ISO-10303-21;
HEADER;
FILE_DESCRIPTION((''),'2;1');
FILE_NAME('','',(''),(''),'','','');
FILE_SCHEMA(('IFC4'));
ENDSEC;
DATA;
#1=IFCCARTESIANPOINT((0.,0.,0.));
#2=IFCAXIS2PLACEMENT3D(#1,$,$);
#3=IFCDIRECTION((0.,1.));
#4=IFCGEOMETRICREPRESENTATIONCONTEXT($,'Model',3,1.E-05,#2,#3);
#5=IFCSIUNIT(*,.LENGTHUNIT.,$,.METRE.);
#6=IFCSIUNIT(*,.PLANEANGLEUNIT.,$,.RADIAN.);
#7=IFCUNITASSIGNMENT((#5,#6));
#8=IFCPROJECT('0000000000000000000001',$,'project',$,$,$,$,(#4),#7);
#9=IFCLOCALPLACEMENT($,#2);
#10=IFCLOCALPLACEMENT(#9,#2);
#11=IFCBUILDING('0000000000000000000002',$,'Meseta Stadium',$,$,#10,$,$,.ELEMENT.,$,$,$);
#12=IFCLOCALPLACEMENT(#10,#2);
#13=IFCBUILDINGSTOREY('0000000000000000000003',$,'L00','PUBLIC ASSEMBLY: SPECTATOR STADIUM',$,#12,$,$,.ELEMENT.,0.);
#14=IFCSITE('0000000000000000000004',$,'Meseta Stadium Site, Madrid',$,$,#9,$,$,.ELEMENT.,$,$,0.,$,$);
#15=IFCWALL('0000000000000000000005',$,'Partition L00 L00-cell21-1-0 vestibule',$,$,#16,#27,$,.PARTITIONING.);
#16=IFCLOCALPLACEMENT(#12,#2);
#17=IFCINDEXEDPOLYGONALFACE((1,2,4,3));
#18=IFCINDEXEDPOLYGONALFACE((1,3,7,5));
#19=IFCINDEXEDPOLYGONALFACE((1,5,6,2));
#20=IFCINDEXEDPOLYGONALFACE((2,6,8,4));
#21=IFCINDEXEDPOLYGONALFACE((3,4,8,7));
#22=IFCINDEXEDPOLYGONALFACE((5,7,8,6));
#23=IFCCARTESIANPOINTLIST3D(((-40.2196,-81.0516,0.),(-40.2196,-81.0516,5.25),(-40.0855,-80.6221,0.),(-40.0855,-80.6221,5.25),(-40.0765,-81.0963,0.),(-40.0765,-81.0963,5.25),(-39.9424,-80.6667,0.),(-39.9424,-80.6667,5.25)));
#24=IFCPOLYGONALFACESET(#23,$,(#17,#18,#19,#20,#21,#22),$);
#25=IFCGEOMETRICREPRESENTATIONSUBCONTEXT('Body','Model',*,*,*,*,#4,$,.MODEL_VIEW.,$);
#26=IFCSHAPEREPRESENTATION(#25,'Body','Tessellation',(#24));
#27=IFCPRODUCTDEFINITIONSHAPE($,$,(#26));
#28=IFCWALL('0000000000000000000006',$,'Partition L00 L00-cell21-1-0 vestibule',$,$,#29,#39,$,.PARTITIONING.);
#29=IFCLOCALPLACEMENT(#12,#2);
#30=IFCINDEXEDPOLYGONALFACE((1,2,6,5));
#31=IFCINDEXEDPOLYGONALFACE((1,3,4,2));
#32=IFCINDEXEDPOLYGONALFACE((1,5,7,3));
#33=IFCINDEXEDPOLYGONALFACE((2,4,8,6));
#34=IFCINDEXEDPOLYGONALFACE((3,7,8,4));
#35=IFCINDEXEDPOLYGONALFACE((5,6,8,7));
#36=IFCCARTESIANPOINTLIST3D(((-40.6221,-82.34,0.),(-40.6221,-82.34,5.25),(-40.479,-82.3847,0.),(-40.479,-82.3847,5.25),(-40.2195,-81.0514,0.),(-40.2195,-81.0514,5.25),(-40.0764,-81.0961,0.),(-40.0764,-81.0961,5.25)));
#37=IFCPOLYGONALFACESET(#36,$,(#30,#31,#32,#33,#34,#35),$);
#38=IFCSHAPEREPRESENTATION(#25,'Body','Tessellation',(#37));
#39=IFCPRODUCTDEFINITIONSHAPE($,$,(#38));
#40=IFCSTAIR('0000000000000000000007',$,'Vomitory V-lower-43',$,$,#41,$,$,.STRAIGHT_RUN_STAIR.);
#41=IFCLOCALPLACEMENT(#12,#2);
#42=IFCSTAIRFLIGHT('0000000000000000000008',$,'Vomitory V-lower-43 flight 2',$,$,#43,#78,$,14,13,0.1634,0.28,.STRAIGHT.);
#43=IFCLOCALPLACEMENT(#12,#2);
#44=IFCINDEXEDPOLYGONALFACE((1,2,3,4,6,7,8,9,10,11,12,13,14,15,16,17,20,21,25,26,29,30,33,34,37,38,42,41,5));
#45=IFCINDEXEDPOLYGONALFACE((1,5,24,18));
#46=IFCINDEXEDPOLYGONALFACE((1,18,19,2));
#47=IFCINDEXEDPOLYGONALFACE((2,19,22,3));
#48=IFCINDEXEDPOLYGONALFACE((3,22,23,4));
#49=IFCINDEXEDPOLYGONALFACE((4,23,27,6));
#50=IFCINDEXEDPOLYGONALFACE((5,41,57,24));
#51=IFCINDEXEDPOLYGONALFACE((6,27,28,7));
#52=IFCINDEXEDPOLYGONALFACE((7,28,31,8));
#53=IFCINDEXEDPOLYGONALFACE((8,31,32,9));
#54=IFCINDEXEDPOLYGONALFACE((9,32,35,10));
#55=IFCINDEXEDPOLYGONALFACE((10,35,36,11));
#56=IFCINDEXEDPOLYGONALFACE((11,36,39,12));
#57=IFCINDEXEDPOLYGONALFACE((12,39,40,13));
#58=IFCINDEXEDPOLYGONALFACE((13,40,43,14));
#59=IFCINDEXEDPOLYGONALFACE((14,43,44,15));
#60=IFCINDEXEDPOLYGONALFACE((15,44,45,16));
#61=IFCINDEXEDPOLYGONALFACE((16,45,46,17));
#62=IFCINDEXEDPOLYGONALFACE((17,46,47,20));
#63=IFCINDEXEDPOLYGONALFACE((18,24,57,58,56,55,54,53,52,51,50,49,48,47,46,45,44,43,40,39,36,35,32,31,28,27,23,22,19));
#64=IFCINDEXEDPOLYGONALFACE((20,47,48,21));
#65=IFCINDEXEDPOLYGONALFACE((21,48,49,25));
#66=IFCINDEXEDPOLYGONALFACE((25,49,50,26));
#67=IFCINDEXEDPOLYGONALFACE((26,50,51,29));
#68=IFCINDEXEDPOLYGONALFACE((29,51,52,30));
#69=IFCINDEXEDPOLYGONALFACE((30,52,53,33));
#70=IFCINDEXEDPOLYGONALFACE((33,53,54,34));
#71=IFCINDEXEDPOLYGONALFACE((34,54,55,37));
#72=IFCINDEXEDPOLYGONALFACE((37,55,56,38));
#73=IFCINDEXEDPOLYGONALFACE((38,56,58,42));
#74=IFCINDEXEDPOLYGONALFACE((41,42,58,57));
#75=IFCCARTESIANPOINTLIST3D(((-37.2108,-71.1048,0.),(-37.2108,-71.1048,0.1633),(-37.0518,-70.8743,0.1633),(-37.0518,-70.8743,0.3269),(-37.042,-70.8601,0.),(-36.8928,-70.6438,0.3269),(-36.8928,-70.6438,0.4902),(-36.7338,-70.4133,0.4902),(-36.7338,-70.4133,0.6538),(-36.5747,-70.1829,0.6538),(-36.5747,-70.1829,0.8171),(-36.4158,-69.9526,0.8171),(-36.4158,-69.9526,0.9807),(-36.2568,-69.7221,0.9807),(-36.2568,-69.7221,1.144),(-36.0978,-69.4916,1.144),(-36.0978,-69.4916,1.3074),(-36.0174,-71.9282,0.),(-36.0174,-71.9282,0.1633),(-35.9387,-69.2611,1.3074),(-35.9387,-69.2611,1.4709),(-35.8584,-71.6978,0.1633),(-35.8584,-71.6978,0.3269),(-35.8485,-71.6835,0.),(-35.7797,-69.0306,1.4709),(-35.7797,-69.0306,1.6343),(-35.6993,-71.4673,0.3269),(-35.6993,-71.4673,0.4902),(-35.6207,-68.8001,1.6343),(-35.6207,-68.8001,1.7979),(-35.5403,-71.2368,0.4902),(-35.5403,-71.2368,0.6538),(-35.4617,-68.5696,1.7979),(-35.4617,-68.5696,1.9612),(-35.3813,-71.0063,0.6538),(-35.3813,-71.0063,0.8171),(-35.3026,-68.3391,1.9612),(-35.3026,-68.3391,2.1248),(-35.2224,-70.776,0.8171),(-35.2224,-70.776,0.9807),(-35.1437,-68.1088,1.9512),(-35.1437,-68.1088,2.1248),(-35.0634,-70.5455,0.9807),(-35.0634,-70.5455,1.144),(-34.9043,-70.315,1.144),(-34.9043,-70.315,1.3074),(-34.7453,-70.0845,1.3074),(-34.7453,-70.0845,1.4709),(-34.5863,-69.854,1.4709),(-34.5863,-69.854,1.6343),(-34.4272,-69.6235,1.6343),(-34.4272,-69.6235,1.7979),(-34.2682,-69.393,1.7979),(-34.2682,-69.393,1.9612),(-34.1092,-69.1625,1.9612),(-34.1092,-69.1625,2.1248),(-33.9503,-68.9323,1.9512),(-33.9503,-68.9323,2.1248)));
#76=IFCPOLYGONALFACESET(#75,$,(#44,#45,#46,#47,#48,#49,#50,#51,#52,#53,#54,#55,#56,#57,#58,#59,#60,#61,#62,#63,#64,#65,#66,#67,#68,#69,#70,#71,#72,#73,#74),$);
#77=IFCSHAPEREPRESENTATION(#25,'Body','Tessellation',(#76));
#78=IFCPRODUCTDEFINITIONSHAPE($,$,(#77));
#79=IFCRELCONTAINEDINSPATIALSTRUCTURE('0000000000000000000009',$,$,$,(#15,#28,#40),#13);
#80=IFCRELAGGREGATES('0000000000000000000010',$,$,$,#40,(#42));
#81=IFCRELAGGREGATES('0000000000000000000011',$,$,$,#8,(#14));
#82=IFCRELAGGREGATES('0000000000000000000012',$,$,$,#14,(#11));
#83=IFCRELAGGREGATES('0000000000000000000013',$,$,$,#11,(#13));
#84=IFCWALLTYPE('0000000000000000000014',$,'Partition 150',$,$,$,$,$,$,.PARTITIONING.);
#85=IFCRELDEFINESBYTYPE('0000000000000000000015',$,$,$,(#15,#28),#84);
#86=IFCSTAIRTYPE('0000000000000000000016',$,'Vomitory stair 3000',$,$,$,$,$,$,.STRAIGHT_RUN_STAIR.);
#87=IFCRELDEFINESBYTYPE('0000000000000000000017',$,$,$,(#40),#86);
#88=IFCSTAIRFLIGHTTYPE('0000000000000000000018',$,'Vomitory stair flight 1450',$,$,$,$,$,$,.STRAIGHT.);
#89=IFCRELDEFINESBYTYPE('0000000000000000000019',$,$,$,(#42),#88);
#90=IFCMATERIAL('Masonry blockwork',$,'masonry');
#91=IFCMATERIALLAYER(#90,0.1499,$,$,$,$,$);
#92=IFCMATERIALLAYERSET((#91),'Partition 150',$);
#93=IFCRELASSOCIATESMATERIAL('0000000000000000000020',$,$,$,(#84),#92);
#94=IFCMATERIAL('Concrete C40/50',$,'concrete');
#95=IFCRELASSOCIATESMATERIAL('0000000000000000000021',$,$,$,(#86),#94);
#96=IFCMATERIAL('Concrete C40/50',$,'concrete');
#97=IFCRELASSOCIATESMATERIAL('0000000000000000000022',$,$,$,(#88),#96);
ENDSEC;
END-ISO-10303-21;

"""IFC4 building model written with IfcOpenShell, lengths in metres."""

from ifc_helpers import new_model, si_unit, direction, frame, frame_2d, origin, place, context, subcontext, project, spatial, polyline, rectangle, outline, extrude, material, layer, layer_set, type_object, element, aggregate, save


model = new_model("IFC4")

# Units and contexts
model_context = context("Model", 3, precision=1e-05, world=origin(), true_north=direction((0.0, 1.0)))
body_context = subcontext(model_context, "Body", "Model", "MODEL_VIEW")
ifc_project = project(units=[si_unit("LENGTHUNIT", "METRE"), si_unit("PLANEANGLEUNIT", "RADIAN")], contexts=[model_context])

# Site, building, storey
site_placement = place(None, origin())
site = spatial("IfcSite", under=ifc_project, at=site_placement, Name="Meseta Stadium Site, Madrid", CompositionType="ELEMENT", RefElevation=0.0)
building_placement = place(site_placement, origin())
building = spatial("IfcBuilding", under=site, at=building_placement, Name="Meseta Stadium", CompositionType="ELEMENT")
storey_placement = place(building_placement, origin())
storey = spatial("IfcBuildingStorey", under=building, at=storey_placement, Name="L00", Description="PUBLIC ASSEMBLY: SPECTATOR STADIUM", CompositionType="ELEMENT", Elevation=0.0)

# Shared definitions
ifc_material_1 = material(Name="Masonry blockwork", Category="masonry")
ifc_layer = layer(ifc_material_1, 0.1499)
ifc_layer_set = layer_set([ifc_layer], Name="Partition 150")
wall_type = type_object("IfcWallType", Name="Partition 150", PredefinedType="PARTITIONING", material=ifc_layer_set)

# Walls
wall_1_placement = place(storey_placement, frame((-40.0139, -80.6443, 0.0), z_axis=(0.0, 0.0, 1.0), x_axis=(-0.297935, -0.954586, 0.0)))
element("IfcWall", 1, at=wall_1_placement, inside=storey, type_object=wall_type, Name="Partition L00 L00-cell21-1-0 vestibule", PredefinedType="PARTITIONING", context=body_context, shape_type="SweptSolid", body=[
    extrude(rectangle(XDim=0.45, YDim=0.1499, at=frame_2d((0.2251, 0.0))), origin(), (0.0, 0.0, 1.0), 5.25),
])
wall_2_placement = place(storey_placement, frame((-40.1479, -81.0737, 0.0), z_axis=(0.0, 0.0, 1.0), x_axis=(-0.298213, -0.954499, 0.0)))
element("IfcWall", 2, at=wall_2_placement, inside=storey, type_object=wall_type, Name="Partition L00 L00-cell21-1-0 vestibule", PredefinedType="PARTITIONING", context=body_context, shape_type="SweptSolid", body=[
    extrude(rectangle(XDim=1.3501, YDim=0.1499, at=frame_2d((0.675, 0.0))), origin(), (0.0, 0.0, 1.0), 5.25),
])

# Stair, stair flight
ifc_material_2 = material(Name="Concrete C40/50", Category="concrete")
stair_type = type_object("IfcStairType", Name="Vomitory stair 3000", PredefinedType="STRAIGHT_RUN_STAIR", material=ifc_material_2)
stair_placement = place(storey_placement, origin())
stair = element("IfcStair", 3, at=stair_placement, inside=storey, type_object=stair_type, Name="Vomitory V-lower-43", PredefinedType="STRAIGHT_RUN_STAIR")
ifc_material_3 = material(Name="Concrete C40/50", Category="concrete")
stair_flight_type = type_object("IfcStairFlightType", Name="Vomitory stair flight 1450", PredefinedType="STRAIGHT", material=ifc_material_3)
stair_flight_placement = place(storey_placement, frame((-36.614, -71.5166, 0.0), z_axis=(0.0, 0.0, 1.0), x_axis=(0.5679, 0.823098, 0.0)))
stair_flight = element("IfcStairFlight", 4, at=stair_flight_placement, type_object=stair_flight_type, Name="Vomitory V-lower-43 flight 2", NumberOfRisers=14, NumberOfTreads=13, PredefinedType="STRAIGHT", RiserHeight=0.1634, TreadLength=0.28, context=body_context, shape_type="SweptSolid", body=[
    extrude(outline(polyline([(0.0, 0.0), (0.0, 0.1633), (0.28, 0.1633), (0.28, 0.3269), (0.5601, 0.3269), (0.5601, 0.4902), (0.8401, 0.4902), (0.8401, 0.6538), (1.1201, 0.6538), (1.1201, 0.8171), (1.3999, 0.8171), (1.3999, 0.9807), (1.6799, 0.9807), (1.6799, 1.144), (1.96, 1.144), (1.96, 1.3074), (2.24, 1.3074), (2.24, 1.4709), (2.52, 1.4709), (2.52, 1.6343), (2.8, 1.6343), (2.8, 1.7979), (3.0801, 1.7979), (3.0801, 1.9612), (3.3601, 1.9612), (3.3601, 2.1248), (3.6399, 2.1248), (3.6399, 1.9512), (0.2974, 0.0), (0.0, 0.0)])), frame((0.0, 0.7251, 0.0), z_axis=(0.0, -1.0, 0.0), x_axis=(1.0, 0.0, 0.0)), (0.0, 0.0, 1.0), 1.45),
])
aggregate(stair, [stair_flight])

save(model, "model.ifc")
